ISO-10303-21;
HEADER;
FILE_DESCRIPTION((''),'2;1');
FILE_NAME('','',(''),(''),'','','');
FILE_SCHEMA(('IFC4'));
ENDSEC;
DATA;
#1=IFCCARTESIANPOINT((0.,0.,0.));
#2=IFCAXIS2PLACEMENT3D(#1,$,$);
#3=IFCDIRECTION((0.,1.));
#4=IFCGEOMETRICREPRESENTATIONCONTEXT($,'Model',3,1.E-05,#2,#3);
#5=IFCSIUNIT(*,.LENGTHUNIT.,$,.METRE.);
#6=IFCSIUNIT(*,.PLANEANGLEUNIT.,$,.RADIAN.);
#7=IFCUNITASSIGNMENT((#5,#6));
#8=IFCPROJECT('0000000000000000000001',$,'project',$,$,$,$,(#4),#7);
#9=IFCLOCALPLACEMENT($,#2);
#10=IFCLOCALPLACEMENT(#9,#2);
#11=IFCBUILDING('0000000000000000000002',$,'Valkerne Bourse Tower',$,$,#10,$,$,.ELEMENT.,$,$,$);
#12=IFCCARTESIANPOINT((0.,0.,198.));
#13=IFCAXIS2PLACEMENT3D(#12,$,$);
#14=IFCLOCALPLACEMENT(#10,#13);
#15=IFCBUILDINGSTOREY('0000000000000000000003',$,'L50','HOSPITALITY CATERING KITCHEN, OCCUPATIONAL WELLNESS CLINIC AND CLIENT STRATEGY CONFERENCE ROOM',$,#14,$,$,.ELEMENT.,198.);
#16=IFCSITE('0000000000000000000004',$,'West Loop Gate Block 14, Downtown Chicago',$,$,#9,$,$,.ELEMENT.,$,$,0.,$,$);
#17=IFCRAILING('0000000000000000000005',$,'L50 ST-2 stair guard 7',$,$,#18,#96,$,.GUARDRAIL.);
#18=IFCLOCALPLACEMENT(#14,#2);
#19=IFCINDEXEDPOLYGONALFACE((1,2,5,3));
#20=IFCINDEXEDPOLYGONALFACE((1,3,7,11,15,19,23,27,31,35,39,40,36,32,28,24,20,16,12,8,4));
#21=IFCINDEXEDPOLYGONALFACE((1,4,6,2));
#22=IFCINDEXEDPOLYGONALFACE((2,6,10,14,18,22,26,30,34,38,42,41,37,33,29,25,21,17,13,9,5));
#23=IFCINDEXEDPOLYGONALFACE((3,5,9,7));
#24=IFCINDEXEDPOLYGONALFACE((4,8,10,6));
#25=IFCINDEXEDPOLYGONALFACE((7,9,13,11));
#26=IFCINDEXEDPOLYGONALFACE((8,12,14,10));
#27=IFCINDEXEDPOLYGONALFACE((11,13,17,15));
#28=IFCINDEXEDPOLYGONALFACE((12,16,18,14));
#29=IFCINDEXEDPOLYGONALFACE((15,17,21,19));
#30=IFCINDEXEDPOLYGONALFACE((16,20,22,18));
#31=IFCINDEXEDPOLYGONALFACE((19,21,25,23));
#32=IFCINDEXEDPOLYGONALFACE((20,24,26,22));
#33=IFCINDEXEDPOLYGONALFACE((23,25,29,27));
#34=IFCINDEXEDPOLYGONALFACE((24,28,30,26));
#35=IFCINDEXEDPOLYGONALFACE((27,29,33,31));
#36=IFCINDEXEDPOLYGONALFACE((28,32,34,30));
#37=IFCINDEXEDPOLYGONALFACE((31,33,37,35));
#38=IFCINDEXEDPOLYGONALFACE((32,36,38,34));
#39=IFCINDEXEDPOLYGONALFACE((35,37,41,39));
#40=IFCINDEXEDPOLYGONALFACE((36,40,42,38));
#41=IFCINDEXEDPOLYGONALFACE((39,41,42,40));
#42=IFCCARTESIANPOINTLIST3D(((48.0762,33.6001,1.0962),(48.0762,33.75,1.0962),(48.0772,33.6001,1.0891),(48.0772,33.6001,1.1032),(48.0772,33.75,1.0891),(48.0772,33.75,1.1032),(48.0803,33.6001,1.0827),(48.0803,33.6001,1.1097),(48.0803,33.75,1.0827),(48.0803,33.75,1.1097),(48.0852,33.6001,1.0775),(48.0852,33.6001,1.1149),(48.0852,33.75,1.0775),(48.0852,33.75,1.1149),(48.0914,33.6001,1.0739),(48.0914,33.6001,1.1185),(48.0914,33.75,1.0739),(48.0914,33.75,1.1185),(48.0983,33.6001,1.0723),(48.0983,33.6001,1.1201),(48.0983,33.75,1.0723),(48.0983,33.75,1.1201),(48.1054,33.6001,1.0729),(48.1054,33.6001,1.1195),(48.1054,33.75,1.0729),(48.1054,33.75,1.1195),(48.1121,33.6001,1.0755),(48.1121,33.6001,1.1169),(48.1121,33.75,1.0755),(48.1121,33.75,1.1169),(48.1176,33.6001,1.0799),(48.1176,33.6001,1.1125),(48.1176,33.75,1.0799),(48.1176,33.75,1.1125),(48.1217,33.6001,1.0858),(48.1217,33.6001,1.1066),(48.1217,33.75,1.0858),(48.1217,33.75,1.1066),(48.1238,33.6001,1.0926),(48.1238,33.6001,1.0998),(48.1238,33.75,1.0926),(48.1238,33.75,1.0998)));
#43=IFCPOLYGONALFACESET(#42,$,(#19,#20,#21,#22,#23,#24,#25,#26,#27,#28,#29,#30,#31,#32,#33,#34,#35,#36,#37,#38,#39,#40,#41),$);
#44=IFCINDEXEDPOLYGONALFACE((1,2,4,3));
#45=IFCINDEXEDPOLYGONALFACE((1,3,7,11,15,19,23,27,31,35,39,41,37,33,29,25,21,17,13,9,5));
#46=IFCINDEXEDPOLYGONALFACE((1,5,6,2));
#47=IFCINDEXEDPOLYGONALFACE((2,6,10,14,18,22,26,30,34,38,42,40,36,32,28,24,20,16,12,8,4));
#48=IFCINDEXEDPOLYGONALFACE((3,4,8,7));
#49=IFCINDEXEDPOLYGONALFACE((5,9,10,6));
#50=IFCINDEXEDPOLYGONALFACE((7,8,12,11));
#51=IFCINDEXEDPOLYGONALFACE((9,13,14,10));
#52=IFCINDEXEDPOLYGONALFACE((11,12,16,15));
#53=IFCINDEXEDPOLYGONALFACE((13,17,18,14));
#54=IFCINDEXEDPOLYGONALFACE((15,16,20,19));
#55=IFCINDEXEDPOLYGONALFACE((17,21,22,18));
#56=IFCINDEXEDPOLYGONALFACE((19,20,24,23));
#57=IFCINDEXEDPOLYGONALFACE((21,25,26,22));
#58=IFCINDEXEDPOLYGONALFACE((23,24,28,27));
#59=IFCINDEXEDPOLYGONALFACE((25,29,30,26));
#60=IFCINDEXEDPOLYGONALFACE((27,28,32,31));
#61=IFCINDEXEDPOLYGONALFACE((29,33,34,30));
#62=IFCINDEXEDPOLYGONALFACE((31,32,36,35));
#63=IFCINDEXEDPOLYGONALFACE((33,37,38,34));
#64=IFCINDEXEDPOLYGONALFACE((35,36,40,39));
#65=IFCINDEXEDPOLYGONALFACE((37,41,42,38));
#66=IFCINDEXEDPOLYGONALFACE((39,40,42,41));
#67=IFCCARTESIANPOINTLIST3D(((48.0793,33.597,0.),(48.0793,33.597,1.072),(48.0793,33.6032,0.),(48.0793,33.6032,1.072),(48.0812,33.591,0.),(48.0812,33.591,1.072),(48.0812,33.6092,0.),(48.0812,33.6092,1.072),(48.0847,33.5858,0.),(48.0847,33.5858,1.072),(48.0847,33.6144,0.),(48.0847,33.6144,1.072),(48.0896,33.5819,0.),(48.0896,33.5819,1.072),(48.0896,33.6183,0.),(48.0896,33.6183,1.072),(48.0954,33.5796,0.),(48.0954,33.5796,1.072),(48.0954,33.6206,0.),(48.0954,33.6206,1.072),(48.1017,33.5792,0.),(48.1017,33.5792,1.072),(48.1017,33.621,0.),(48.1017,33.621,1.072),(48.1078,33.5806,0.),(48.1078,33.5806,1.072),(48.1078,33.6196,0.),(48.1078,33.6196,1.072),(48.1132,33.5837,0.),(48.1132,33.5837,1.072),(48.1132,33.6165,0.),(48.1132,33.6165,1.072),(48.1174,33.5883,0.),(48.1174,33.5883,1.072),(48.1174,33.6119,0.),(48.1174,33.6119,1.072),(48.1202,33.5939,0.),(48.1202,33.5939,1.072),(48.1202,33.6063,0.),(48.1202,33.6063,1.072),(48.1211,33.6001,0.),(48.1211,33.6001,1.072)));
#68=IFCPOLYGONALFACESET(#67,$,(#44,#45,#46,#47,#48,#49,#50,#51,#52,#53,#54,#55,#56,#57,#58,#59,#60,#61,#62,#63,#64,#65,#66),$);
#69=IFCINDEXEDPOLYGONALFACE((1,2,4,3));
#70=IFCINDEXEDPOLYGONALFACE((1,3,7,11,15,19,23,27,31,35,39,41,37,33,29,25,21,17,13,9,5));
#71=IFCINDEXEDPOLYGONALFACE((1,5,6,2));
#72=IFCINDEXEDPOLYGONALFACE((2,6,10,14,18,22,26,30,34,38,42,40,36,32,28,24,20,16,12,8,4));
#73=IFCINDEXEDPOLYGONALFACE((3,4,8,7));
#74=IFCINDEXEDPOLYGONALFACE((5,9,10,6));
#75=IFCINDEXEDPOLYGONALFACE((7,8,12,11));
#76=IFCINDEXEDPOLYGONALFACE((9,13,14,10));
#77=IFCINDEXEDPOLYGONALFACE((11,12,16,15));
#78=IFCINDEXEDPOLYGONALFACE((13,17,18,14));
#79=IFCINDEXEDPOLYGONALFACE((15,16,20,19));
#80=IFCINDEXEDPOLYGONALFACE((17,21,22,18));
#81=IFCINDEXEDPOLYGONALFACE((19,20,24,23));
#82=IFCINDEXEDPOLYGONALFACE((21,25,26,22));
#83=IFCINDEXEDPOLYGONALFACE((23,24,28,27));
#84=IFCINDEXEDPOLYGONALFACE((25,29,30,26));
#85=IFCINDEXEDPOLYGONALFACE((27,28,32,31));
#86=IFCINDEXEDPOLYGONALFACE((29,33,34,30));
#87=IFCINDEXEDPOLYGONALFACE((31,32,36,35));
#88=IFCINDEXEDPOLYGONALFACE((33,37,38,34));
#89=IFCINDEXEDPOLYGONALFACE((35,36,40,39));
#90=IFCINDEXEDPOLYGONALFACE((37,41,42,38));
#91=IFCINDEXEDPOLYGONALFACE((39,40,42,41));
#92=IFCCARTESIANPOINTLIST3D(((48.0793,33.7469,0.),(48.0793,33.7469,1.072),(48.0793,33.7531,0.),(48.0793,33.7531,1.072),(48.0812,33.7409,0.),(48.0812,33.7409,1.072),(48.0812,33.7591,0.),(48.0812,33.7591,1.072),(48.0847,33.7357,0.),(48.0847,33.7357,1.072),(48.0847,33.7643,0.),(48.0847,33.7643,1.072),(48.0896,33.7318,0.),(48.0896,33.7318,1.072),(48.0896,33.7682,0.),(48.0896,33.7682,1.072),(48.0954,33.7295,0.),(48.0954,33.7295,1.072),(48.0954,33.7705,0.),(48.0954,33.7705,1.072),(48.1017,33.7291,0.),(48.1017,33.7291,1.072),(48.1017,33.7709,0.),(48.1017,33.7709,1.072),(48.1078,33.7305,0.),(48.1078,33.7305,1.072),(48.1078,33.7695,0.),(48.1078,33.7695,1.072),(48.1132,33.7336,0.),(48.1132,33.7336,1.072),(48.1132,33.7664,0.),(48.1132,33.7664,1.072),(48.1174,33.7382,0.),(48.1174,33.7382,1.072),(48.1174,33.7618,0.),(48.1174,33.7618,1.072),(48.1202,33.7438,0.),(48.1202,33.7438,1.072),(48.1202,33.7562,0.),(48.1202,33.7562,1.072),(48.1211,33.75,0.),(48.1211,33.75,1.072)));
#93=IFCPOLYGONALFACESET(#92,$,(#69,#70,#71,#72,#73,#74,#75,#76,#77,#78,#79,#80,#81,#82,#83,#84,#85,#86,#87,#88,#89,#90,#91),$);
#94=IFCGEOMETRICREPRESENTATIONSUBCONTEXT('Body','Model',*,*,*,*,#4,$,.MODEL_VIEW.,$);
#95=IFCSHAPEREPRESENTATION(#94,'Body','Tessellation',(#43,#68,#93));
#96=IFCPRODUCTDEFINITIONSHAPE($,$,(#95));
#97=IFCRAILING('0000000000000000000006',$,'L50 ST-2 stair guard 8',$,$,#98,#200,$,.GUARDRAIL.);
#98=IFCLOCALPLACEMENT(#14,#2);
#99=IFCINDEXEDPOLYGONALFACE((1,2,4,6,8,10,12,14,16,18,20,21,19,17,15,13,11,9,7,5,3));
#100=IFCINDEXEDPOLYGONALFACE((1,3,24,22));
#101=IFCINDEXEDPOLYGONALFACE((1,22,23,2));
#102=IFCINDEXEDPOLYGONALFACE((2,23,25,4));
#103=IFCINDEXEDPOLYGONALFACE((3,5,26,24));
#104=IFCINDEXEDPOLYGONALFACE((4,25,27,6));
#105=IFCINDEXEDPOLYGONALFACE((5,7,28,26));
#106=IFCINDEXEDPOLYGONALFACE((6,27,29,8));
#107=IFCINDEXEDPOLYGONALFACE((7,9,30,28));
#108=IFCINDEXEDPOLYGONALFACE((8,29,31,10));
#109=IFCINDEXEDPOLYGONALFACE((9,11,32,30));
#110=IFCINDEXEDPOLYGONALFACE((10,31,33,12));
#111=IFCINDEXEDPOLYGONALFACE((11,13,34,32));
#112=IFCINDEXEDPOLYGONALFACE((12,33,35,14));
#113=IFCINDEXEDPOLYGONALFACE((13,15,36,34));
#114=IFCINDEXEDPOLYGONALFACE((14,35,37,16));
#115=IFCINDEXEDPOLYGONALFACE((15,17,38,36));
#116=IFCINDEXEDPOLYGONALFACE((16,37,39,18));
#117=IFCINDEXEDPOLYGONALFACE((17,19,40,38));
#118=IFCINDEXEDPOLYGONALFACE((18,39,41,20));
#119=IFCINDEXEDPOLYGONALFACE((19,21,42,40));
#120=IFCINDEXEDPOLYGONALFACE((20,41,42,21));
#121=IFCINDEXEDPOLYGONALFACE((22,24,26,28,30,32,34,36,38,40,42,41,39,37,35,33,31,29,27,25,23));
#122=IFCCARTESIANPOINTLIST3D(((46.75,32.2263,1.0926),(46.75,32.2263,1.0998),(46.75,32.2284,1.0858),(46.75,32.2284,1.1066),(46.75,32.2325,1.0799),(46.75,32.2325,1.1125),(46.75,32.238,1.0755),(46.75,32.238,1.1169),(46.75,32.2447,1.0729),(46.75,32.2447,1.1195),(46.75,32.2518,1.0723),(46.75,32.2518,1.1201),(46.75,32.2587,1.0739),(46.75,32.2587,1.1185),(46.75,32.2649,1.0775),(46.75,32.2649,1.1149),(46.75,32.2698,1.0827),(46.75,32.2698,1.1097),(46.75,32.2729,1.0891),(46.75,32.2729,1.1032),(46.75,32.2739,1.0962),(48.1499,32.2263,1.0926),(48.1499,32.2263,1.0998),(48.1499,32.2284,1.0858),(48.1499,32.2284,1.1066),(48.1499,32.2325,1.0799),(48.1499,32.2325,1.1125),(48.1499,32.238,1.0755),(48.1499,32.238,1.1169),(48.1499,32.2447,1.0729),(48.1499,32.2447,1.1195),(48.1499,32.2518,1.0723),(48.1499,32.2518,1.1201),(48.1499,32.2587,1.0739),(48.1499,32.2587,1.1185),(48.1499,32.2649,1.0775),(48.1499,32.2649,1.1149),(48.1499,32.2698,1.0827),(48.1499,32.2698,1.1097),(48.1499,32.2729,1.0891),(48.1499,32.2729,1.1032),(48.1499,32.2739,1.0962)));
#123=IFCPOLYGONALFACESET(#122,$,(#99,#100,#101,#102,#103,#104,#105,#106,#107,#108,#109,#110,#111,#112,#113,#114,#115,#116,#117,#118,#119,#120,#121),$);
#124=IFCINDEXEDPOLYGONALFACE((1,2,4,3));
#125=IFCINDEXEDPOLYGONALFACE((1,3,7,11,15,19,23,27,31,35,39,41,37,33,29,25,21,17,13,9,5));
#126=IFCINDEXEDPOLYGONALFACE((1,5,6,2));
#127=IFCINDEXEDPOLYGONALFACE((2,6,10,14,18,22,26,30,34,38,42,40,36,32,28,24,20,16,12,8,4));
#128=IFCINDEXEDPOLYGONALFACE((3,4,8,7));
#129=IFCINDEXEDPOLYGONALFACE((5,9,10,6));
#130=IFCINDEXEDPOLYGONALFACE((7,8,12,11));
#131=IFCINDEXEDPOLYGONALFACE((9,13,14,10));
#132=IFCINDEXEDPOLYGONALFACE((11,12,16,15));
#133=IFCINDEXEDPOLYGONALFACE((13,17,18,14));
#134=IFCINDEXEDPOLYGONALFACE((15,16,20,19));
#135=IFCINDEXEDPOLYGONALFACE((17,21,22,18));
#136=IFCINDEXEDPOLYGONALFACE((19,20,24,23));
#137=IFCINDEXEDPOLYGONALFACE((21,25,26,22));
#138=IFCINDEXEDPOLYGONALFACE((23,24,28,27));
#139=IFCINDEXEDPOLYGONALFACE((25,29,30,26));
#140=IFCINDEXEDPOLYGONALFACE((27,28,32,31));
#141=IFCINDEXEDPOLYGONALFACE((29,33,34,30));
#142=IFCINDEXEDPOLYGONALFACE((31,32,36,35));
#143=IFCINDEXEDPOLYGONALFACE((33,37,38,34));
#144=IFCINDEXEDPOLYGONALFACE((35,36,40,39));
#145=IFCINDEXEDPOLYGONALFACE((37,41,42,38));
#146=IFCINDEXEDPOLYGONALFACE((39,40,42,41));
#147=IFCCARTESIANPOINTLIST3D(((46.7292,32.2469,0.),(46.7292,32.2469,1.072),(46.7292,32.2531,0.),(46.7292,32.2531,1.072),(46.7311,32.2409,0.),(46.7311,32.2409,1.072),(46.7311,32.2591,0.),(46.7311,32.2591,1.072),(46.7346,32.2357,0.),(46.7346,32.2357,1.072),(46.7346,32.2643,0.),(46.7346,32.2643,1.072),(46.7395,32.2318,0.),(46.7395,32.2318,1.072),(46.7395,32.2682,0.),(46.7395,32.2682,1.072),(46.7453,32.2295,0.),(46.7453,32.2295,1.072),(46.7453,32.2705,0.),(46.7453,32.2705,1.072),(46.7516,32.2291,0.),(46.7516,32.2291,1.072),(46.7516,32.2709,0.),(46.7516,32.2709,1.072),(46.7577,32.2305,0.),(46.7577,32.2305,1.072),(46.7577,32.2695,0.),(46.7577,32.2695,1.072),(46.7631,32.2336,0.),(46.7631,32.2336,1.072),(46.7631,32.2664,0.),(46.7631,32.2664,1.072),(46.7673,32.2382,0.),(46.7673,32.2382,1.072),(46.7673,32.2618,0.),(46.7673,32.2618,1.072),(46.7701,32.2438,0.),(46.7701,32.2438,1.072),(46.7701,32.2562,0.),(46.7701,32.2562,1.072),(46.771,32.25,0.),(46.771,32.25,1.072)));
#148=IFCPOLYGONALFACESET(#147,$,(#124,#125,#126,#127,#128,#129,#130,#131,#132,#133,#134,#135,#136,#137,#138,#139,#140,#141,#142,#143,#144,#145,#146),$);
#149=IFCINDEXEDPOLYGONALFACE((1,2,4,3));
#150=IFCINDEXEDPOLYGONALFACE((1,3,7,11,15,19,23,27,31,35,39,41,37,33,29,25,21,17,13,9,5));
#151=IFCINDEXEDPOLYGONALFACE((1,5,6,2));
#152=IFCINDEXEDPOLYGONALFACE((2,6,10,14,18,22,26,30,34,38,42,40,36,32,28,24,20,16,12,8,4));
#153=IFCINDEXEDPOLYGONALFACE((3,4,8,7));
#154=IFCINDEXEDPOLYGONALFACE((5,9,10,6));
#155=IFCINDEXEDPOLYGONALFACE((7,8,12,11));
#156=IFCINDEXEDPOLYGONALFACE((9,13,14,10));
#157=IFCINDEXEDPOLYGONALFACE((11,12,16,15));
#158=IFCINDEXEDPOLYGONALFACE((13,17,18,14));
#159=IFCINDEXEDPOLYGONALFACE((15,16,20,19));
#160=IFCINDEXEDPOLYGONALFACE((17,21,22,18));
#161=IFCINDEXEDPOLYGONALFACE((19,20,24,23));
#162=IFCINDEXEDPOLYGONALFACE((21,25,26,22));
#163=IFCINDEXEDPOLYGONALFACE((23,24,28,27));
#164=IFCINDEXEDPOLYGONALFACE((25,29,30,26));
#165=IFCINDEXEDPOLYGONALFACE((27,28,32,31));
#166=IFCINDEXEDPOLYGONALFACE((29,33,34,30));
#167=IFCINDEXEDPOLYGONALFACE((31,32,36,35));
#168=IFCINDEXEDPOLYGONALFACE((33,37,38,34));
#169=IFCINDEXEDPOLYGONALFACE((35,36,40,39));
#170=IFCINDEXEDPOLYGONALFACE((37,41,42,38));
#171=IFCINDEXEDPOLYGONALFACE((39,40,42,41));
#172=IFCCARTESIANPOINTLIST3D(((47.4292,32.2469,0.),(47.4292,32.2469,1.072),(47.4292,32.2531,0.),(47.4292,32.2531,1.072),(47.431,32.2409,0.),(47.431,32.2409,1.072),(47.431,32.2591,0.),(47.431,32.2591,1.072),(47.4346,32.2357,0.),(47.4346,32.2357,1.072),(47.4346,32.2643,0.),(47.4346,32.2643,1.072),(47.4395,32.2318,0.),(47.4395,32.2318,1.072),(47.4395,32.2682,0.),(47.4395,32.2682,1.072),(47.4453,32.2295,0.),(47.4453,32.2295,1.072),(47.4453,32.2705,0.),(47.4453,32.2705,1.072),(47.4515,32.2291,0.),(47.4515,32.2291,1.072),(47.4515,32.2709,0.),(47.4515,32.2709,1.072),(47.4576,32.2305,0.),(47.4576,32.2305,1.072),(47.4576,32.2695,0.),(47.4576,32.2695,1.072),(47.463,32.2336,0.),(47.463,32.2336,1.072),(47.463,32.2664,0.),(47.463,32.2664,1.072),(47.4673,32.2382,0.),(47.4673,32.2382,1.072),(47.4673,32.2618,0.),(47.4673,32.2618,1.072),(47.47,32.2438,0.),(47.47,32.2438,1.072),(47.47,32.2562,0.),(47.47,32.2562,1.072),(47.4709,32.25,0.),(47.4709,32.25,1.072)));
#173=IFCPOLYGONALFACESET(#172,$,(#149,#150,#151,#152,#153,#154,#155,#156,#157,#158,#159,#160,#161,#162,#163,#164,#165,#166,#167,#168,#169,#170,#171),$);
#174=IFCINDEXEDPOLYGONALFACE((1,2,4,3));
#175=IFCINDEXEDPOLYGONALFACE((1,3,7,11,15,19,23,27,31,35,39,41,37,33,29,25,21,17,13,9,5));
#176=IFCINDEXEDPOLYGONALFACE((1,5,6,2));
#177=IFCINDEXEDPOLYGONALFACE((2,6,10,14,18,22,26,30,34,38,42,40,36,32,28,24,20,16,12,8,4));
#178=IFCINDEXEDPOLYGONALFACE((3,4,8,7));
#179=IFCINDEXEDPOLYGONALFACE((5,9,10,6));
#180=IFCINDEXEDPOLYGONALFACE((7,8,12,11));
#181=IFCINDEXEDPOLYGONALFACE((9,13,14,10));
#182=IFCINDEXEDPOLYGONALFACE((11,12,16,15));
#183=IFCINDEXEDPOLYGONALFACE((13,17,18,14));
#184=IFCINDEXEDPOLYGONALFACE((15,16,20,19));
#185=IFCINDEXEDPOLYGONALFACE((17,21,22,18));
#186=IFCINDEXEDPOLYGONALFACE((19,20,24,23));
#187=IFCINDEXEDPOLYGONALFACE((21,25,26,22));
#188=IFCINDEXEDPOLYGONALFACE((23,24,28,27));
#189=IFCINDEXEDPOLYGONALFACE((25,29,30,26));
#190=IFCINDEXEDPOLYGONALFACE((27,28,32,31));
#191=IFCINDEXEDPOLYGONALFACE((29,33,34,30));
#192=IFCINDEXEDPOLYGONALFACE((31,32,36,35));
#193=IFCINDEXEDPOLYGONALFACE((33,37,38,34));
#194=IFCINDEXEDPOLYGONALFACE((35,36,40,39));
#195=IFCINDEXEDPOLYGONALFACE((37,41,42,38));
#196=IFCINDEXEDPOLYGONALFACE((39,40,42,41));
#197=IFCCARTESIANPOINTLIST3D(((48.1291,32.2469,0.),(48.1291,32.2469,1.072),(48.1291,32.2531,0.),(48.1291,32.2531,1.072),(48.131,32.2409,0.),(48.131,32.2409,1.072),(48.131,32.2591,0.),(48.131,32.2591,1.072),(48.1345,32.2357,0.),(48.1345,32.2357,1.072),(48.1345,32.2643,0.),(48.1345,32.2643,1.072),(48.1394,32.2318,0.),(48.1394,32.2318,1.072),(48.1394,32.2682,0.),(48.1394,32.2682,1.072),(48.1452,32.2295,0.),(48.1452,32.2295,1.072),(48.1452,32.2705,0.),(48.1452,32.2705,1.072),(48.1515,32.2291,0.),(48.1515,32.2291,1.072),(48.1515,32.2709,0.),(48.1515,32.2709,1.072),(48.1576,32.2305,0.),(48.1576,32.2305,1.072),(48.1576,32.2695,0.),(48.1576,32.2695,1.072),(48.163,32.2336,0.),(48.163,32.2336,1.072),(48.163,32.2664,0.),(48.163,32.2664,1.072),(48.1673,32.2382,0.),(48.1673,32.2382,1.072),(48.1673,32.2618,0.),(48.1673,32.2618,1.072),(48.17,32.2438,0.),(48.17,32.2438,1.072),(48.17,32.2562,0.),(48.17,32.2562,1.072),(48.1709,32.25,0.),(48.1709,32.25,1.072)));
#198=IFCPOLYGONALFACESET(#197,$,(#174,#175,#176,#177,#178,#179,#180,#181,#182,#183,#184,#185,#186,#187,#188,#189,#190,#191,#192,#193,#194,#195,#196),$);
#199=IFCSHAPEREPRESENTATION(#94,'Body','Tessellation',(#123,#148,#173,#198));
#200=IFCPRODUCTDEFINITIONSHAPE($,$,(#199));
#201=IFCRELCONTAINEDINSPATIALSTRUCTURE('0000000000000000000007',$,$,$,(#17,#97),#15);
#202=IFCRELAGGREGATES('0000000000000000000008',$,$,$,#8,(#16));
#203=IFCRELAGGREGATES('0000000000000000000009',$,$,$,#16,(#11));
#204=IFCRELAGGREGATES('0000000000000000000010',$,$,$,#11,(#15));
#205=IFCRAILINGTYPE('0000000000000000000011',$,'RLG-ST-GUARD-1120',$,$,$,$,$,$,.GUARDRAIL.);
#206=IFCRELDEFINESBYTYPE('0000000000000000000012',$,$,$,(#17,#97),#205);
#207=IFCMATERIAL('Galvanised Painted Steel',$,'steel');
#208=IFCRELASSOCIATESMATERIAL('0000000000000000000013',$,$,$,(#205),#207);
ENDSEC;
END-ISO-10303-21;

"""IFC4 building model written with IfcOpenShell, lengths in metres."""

from ifc_helpers import new_model, si_unit, direction, frame, origin, origin_2d, place, context, subcontext, project, spatial, circle, extrude, material, type_object, element, save


model = new_model("IFC4")

# Units and contexts
model_context = context("Model", 3, precision=1e-05, world=origin(), true_north=direction((0.0, 1.0)))
body_context = subcontext(model_context, "Body", "Model", "MODEL_VIEW")
ifc_project = project(units=[si_unit("LENGTHUNIT", "METRE"), si_unit("PLANEANGLEUNIT", "RADIAN")], contexts=[model_context])

# Site, building, storey
site_placement = place(None, origin())
site = spatial("IfcSite", under=ifc_project, at=site_placement, Name="West Loop Gate Block 14, Downtown Chicago", CompositionType="ELEMENT", RefElevation=0.0)
building_placement = place(site_placement, origin())
building = spatial("IfcBuilding", under=site, at=building_placement, Name="Valkerne Bourse Tower", CompositionType="ELEMENT")
storey_placement = place(building_placement, frame((0.0, 0.0, 198.0)))
storey = spatial("IfcBuildingStorey", under=building, at=storey_placement, Name="L50", Description="HOSPITALITY CATERING KITCHEN, OCCUPATIONAL WELLNESS CLINIC AND CLIENT STRATEGY CONFERENCE ROOM", CompositionType="ELEMENT", Elevation=198.0)

# Shared definitions
ifc_material_1 = material(Name="Galvanised Painted Steel", Category="steel")

# Railings
railing_type_1 = type_object("IfcRailingType", Name="RLG-ST-GUARD-1120", PredefinedType="GUARDRAIL", material=ifc_material_1)
railing_1_placement = place(storey_placement, frame((48.1001, 33.6001, 0.0)))
element("IfcRailing", 1, at=railing_1_placement, inside=storey, type_object=railing_type_1, Name="L50 ST-2 stair guard 7", PredefinedType="GUARDRAIL", context=body_context, shape_type="SweptSolid", body=[
    extrude(circle(Radius=0.0239, at=origin_2d()), frame((0.0, 0.0, 1.0962), z_axis=(0.0, 1.0, 0.0), x_axis=(-1.0, 0.0, 0.0)), (0.0, 0.0, 1.0), 0.1499),
    extrude(circle(Radius=0.021, at=origin_2d()), origin(), (0.0, 0.0, 1.0), 1.072),
    extrude(circle(Radius=0.021, at=origin_2d()), frame((0.0, 0.1499, 0.0)), (0.0, 0.0, 1.0), 1.072),
])
for number, where, name in (
    (2, (46.75, 32.25, 0.0), "L50 ST-2 stair guard 8"),
):
    element("IfcRailing", number, at=place(storey_placement, frame(where)), inside=storey, type_object=railing_type_1, Name=name, PredefinedType="GUARDRAIL", context=body_context, shape_type="SweptSolid", body=[
        extrude(circle(Radius=0.0239, at=origin_2d()), frame((0.0, 0.0, 1.0962), z_axis=(1.0, 0.0, 0.0), x_axis=(0.0, 1.0, 0.0)), (0.0, 0.0, 1.0), 1.3999),
        extrude(circle(Radius=0.021, at=origin_2d()), origin(), (0.0, 0.0, 1.0), 1.072),
        extrude(circle(Radius=0.021, at=origin_2d()), frame((0.7, 0.0, 0.0)), (0.0, 0.0, 1.0), 1.072),
        extrude(circle(Radius=0.021, at=origin_2d()), frame((1.3999, 0.0, 0.0)), (0.0, 0.0, 1.0), 1.072),
    ])

save(model, "model.ifc")
